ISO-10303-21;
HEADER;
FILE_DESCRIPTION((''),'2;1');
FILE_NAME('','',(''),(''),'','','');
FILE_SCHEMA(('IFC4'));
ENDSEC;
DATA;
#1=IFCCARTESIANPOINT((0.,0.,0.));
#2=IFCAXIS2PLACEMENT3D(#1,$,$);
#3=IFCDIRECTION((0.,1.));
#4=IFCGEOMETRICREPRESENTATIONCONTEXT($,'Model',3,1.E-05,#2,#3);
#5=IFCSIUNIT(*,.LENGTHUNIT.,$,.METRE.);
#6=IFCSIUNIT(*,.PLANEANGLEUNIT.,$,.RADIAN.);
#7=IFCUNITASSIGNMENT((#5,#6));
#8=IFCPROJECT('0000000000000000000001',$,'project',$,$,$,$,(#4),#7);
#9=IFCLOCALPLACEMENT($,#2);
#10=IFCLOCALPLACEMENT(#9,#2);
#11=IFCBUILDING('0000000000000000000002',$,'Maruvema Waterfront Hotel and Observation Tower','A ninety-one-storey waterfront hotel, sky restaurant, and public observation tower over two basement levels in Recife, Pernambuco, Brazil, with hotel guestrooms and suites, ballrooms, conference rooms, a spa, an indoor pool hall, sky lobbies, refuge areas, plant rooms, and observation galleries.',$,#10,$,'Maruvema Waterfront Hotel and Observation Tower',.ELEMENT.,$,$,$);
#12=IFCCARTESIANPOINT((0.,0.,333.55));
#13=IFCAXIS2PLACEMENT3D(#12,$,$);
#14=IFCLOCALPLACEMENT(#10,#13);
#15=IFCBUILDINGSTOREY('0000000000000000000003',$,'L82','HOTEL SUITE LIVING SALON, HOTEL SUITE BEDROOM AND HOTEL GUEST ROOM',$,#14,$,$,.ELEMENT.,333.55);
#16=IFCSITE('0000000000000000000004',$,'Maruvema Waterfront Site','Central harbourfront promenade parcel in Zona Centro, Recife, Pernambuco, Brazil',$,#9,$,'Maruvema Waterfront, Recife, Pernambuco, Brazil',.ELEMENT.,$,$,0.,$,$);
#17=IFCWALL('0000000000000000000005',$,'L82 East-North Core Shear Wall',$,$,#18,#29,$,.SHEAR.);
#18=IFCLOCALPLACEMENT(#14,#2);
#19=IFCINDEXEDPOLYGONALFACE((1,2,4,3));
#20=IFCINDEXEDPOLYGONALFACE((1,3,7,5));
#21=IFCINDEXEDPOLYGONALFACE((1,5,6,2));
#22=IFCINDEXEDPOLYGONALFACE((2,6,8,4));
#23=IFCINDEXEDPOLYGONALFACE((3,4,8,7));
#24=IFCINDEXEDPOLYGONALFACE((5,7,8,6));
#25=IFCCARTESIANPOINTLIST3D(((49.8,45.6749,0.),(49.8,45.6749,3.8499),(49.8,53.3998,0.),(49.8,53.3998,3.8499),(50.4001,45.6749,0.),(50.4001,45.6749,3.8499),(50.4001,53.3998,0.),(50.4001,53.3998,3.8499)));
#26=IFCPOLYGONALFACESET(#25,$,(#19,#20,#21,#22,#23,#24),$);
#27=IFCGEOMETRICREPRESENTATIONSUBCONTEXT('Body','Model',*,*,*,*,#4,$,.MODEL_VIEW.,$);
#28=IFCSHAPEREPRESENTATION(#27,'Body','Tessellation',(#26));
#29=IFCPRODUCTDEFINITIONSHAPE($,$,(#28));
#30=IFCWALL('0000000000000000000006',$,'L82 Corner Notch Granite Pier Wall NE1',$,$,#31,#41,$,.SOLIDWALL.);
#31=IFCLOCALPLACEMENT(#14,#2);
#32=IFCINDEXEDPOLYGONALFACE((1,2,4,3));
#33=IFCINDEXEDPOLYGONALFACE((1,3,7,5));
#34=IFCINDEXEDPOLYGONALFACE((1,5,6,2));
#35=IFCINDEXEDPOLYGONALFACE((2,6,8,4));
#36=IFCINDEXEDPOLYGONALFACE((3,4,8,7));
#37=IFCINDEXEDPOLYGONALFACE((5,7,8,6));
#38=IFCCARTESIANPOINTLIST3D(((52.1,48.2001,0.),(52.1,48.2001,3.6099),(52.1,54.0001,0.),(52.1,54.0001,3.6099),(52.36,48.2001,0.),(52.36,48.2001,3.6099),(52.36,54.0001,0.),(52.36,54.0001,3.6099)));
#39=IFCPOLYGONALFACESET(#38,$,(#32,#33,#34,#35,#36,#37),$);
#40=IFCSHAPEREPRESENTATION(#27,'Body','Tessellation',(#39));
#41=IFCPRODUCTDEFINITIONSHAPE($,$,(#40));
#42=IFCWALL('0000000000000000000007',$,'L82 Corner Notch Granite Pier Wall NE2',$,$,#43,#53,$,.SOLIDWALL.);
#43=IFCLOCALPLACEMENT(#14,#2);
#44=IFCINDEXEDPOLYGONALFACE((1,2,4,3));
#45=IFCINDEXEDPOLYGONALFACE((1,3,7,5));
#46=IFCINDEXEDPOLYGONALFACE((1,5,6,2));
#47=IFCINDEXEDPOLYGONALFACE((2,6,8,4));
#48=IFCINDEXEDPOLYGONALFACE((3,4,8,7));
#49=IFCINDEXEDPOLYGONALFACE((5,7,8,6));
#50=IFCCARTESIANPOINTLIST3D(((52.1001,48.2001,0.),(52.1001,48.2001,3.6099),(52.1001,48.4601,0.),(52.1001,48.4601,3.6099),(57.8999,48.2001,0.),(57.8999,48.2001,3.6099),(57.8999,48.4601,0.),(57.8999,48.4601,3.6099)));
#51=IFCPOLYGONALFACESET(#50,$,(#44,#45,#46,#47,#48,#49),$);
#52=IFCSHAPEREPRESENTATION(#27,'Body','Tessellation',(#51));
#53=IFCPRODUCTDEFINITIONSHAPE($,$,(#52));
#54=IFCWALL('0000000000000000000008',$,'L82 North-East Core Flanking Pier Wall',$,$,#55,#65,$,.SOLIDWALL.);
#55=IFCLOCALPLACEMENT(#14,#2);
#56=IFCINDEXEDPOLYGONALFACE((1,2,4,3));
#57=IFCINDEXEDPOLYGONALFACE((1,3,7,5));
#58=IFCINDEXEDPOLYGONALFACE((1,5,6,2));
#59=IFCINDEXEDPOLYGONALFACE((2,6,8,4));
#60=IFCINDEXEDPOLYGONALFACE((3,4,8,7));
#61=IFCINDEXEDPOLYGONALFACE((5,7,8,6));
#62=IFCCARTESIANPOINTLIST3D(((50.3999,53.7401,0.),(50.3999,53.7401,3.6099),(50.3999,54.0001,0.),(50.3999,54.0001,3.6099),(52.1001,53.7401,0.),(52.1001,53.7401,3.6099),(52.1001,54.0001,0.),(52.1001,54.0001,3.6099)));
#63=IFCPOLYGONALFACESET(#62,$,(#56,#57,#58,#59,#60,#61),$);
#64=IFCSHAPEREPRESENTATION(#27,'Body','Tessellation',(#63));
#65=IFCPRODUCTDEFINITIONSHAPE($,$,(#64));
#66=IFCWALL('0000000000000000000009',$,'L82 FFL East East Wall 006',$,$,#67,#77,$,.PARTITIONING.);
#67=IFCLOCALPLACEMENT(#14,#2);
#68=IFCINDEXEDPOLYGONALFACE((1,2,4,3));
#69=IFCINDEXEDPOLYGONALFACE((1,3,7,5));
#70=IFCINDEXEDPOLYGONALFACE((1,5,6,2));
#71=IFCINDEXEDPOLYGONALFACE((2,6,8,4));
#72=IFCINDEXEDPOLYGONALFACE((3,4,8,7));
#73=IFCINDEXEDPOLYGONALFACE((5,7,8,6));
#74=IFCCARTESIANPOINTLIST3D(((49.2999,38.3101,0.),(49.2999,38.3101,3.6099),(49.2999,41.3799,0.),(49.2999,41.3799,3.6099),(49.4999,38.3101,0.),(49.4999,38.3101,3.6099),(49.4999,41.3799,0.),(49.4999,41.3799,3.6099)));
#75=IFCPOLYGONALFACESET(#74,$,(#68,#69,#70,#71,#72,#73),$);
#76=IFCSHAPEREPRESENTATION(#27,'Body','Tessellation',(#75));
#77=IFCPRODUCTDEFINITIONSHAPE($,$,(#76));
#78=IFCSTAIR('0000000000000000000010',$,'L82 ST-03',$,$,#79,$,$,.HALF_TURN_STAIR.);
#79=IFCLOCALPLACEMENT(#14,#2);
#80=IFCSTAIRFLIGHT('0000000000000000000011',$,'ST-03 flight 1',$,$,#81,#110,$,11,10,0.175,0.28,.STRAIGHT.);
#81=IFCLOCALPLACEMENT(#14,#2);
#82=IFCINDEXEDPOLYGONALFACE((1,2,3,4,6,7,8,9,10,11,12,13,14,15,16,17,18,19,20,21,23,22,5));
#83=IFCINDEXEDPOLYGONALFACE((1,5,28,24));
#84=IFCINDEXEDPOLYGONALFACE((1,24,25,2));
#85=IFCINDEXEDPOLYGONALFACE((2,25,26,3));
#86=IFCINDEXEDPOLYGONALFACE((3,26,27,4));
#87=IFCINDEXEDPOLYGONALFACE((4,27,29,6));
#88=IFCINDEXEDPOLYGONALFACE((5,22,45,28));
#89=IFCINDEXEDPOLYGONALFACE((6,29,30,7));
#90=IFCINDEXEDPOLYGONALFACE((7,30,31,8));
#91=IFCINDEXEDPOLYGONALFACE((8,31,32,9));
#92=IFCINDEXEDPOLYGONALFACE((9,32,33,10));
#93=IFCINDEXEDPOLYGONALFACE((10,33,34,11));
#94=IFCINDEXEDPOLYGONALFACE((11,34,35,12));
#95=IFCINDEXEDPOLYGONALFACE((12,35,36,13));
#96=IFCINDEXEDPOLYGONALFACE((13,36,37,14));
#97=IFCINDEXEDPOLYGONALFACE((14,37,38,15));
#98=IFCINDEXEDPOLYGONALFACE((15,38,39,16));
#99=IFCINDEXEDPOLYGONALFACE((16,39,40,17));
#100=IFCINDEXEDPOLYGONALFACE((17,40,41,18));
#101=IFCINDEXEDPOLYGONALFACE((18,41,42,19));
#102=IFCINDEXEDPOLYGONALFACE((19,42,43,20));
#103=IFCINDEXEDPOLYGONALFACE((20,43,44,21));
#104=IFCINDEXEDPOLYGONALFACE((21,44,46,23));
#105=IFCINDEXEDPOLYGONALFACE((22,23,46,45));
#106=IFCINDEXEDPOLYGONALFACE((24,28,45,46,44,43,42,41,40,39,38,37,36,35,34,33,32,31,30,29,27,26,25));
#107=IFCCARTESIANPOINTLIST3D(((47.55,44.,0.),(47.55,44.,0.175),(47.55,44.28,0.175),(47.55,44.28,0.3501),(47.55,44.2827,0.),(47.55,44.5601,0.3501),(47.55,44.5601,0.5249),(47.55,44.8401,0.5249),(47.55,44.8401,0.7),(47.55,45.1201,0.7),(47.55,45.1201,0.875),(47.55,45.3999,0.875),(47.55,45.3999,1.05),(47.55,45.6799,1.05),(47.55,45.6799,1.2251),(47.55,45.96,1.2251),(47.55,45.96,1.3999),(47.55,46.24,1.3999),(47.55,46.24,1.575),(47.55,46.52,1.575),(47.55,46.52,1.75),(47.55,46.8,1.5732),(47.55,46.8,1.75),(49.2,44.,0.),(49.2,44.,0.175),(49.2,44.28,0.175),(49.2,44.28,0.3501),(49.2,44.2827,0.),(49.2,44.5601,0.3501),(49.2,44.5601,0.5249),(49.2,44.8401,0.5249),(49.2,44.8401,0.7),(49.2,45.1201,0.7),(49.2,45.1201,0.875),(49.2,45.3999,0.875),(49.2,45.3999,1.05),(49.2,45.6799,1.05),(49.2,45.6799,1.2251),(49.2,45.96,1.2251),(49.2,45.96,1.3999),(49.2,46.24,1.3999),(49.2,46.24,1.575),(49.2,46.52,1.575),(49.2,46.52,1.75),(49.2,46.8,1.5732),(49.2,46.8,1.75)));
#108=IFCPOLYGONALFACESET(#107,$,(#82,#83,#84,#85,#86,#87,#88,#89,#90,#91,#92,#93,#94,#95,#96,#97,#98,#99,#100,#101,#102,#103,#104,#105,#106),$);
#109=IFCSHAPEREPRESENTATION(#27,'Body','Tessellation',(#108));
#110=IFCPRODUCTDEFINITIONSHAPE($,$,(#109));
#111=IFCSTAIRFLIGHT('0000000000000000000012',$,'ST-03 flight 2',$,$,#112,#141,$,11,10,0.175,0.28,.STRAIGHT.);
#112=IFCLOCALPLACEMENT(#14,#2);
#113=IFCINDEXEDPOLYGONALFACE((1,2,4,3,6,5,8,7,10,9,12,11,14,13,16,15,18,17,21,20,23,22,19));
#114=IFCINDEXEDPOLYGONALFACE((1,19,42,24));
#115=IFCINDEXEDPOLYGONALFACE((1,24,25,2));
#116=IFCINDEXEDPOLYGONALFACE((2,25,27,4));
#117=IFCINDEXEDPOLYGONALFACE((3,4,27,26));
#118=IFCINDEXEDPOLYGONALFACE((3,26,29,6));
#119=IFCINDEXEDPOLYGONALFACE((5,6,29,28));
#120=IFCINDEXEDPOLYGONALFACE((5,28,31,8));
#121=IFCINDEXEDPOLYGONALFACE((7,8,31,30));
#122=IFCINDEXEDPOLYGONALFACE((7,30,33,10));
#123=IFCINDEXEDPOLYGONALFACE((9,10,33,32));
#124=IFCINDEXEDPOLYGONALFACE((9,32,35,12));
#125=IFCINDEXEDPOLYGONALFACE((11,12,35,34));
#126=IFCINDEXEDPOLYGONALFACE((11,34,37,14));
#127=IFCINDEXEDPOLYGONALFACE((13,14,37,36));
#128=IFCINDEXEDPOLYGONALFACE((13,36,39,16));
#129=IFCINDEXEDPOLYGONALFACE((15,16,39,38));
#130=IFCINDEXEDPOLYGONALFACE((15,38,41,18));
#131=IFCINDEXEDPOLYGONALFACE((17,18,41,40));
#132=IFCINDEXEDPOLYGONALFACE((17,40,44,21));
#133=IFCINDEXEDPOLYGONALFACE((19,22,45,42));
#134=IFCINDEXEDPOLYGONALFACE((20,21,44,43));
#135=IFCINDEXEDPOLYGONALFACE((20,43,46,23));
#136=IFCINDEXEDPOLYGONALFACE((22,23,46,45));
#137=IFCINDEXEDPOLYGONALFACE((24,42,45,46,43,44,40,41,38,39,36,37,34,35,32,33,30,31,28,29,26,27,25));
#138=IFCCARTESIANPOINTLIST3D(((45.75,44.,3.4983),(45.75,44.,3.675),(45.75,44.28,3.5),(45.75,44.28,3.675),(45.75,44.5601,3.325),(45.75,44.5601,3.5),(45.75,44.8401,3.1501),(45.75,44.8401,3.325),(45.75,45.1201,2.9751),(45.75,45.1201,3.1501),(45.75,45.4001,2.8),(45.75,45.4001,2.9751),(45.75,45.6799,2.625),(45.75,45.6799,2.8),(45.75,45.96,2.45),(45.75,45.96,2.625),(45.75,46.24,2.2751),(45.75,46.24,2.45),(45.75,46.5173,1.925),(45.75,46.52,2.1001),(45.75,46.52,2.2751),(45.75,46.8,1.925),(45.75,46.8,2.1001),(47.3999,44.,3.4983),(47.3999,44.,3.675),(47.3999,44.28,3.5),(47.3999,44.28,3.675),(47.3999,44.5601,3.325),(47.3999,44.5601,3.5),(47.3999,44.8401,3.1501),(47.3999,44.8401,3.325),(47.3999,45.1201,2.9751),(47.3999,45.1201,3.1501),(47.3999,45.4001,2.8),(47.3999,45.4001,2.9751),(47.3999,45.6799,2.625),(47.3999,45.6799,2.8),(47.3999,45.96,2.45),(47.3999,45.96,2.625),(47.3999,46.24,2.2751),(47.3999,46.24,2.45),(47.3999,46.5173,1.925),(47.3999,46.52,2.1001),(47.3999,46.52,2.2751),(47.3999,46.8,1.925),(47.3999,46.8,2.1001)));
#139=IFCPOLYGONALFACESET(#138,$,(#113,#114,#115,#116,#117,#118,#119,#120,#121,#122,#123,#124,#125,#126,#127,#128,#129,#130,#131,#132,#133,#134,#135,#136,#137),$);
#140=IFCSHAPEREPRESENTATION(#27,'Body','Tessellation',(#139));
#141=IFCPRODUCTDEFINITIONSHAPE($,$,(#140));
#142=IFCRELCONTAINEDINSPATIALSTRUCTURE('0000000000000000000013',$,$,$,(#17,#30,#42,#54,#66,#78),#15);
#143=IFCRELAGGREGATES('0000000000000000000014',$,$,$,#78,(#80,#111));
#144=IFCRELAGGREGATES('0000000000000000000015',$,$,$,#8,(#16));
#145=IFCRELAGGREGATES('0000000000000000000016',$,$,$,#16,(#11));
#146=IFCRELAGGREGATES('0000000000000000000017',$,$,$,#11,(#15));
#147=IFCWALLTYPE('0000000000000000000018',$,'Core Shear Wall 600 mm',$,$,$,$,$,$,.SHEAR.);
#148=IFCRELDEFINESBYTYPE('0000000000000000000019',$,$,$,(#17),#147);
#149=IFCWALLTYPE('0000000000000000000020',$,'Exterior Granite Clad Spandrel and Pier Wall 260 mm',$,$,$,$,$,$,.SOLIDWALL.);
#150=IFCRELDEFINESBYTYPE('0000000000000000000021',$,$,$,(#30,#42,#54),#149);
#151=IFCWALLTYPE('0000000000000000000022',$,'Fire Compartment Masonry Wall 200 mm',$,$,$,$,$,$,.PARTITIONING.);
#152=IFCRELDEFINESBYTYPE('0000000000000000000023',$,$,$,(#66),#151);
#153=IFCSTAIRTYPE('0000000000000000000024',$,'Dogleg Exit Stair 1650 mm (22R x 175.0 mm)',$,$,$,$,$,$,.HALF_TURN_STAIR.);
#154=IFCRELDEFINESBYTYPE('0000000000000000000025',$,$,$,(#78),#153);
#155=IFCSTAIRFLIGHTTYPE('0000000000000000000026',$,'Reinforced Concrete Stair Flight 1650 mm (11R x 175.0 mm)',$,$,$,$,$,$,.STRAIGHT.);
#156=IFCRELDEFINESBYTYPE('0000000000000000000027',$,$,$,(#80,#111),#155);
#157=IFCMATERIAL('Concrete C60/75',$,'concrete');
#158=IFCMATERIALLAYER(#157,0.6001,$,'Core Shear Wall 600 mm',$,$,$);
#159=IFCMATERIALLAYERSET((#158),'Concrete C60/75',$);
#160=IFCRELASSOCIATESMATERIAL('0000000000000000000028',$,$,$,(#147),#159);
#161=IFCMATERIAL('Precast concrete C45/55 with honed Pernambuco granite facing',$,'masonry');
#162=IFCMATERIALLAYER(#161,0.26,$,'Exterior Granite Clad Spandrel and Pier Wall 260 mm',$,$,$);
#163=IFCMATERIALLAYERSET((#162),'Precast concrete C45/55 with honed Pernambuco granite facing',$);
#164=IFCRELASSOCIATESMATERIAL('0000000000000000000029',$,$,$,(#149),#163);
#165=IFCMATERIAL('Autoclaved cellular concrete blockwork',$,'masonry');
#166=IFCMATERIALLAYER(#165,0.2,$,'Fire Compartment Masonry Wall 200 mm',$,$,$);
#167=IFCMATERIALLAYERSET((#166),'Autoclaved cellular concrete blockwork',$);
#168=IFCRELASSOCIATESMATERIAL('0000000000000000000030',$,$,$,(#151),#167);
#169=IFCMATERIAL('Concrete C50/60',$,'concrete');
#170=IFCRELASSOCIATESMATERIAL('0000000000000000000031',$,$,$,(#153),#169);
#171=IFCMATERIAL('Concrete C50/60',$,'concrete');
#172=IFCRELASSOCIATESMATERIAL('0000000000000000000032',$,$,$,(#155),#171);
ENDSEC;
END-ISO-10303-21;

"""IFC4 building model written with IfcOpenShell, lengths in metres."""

from ifc_helpers import new_model, si_unit, direction, frame, frame_2d, origin, place, context, subcontext, project, spatial, polyline, rectangle, outline, extrude, material, layer, layer_set, type_object, element, aggregate, save


model = new_model("IFC4")

# Units and contexts
model_context = context("Model", 3, precision=1e-05, world=origin(), true_north=direction((0.0, 1.0)))
body_context = subcontext(model_context, "Body", "Model", "MODEL_VIEW")
ifc_project = project(units=[si_unit("LENGTHUNIT", "METRE"), si_unit("PLANEANGLEUNIT", "RADIAN")], contexts=[model_context])

# Site, building, storey
site_placement = place(None, origin())
site = spatial("IfcSite", under=ifc_project, at=site_placement, Name="Maruvema Waterfront Site", Description="Central harbourfront promenade parcel in Zona Centro, Recife, Pernambuco, Brazil", LongName="Maruvema Waterfront, Recife, Pernambuco, Brazil", CompositionType="ELEMENT", RefElevation=0.0)
building_placement = place(site_placement, origin())
building = spatial("IfcBuilding", under=site, at=building_placement, Name="Maruvema Waterfront Hotel and Observation Tower", Description="A ninety-one-storey waterfront hotel, sky restaurant, and public observation tower over two basement levels in Recife, Pernambuco, Brazil, with hotel guestrooms and suites, ballrooms, conference rooms, a spa, an indoor pool hall, sky lobbies, refuge areas, plant rooms, and observation galleries.", LongName="Maruvema Waterfront Hotel and Observation Tower", CompositionType="ELEMENT")
storey_placement = place(building_placement, frame((0.0, 0.0, 333.55)))
storey = spatial("IfcBuildingStorey", under=building, at=storey_placement, Name="L82", Description="HOTEL SUITE LIVING SALON, HOTEL SUITE BEDROOM AND HOTEL GUEST ROOM", CompositionType="ELEMENT", Elevation=333.55)

# Walls
ifc_material_1 = material(Name="Concrete C60/75", Category="concrete")
ifc_layer_1 = layer(ifc_material_1, 0.6001, Name="Core Shear Wall 600 mm")
ifc_layer_set_1 = layer_set([ifc_layer_1], Name="Concrete C60/75")
wall_type_1 = type_object("IfcWallType", Name="Core Shear Wall 600 mm", PredefinedType="SHEAR", material=ifc_layer_set_1)
wall_1_placement = place(storey_placement, frame((50.1001, 45.675, 0.0), z_axis=(0.0, 0.0, 1.0), x_axis=(0.0, 1.0, 0.0)))
element("IfcWall", 1, at=wall_1_placement, inside=storey, type_object=wall_type_1, Name="L82 East-North Core Shear Wall", PredefinedType="SHEAR", context=body_context, shape_type="SweptSolid", body=[
    extrude(rectangle(XDim=7.7249, YDim=0.6001, at=frame_2d((3.8623, 0.0))), origin(), (0.0, 0.0, 1.0), 3.8499),
])
ifc_material_2 = material(Name="Precast concrete C45/55 with honed Pernambuco granite facing", Category="masonry")
ifc_layer_2 = layer(ifc_material_2, 0.26, Name="Exterior Granite Clad Spandrel and Pier Wall 260 mm")
ifc_layer_set_2 = layer_set([ifc_layer_2], Name="Precast concrete C45/55 with honed Pernambuco granite facing")
wall_type_2 = type_object("IfcWallType", Name="Exterior Granite Clad Spandrel and Pier Wall 260 mm", PredefinedType="SOLIDWALL", material=ifc_layer_set_2)
wall_2_placement = place(storey_placement, frame((52.23, 54.0, 0.0), z_axis=(0.0, 0.0, 1.0), x_axis=(0.0, -1.0, 0.0)))
element("IfcWall", 2, at=wall_2_placement, inside=storey, type_object=wall_type_2, Name="L82 Corner Notch Granite Pier Wall NE1", PredefinedType="SOLIDWALL", context=body_context, shape_type="SweptSolid", body=[
    extrude(rectangle(XDim=5.8, YDim=0.26, at=frame_2d((2.8999, 0.0))), origin(), (0.0, 0.0, 1.0), 3.6099),
])
wall_3_placement = place(storey_placement, frame((52.1001, 48.3301, 0.0), z_axis=(0.0, 0.0, 1.0), x_axis=(1.0, 0.0, 0.0)))
element("IfcWall", 3, at=wall_3_placement, inside=storey, type_object=wall_type_2, Name="L82 Corner Notch Granite Pier Wall NE2", PredefinedType="SOLIDWALL", context=body_context, shape_type="SweptSolid", body=[
    extrude(rectangle(XDim=5.7998, YDim=0.26, at=frame_2d((2.8999, 0.0))), origin(), (0.0, 0.0, 1.0), 3.6099),
])
wall_4_placement = place(storey_placement, frame((52.1001, 53.8701, 0.0), z_axis=(0.0, 0.0, 1.0), x_axis=(-1.0, 0.0, 0.0)))
element("IfcWall", 4, at=wall_4_placement, inside=storey, type_object=wall_type_2, Name="L82 North-East Core Flanking Pier Wall", PredefinedType="SOLIDWALL", context=body_context, shape_type="SweptSolid", body=[
    extrude(rectangle(XDim=1.7002, YDim=0.26, at=frame_2d((0.8501, 0.0))), origin(), (0.0, 0.0, 1.0), 3.6099),
])
ifc_material_3 = material(Name="Autoclaved cellular concrete blockwork", Category="masonry")
ifc_layer_3 = layer(ifc_material_3, 0.2, Name="Fire Compartment Masonry Wall 200 mm")
ifc_layer_set_3 = layer_set([ifc_layer_3], Name="Autoclaved cellular concrete blockwork")
wall_type_3 = type_object("IfcWallType", Name="Fire Compartment Masonry Wall 200 mm", PredefinedType="PARTITIONING", material=ifc_layer_set_3)
wall_5_placement = place(storey_placement, frame((49.3999, 38.3101, 0.0), z_axis=(0.0, 0.0, 1.0), x_axis=(0.0, 1.0, 0.0)))
element("IfcWall", 5, at=wall_5_placement, inside=storey, type_object=wall_type_3, Name="L82 FFL East East Wall 006", PredefinedType="PARTITIONING", context=body_context, shape_type="SweptSolid", body=[
    extrude(rectangle(XDim=3.0698, YDim=0.2, at=frame_2d((1.5349, 0.0))), origin(), (0.0, 0.0, 1.0), 3.6099),
])

# Stair, stair flights
ifc_material_4 = material(Name="Concrete C50/60", Category="concrete")
stair_type = type_object("IfcStairType", Name="Dogleg Exit Stair 1650 mm (22R x 175.0 mm)", PredefinedType="HALF_TURN_STAIR", material=ifc_material_4)
stair_placement = place(storey_placement, origin())
stair = element("IfcStair", 6, at=stair_placement, inside=storey, type_object=stair_type, Name="L82 ST-03", PredefinedType="HALF_TURN_STAIR")
ifc_material_5 = material(Name="Concrete C50/60", Category="concrete")
stair_flight_type = type_object("IfcStairFlightType", Name="Reinforced Concrete Stair Flight 1650 mm (11R x 175.0 mm)", PredefinedType="STRAIGHT", material=ifc_material_5)
stair_flight_1_placement = place(storey_placement, frame((48.375, 44.0, 0.0), z_axis=(0.0, 0.0, 1.0), x_axis=(0.0, 1.0, 0.0)))
stair_flight_1 = element("IfcStairFlight", 7, at=stair_flight_1_placement, type_object=stair_flight_type, Name="ST-03 flight 1", NumberOfRisers=11, NumberOfTreads=10, PredefinedType="STRAIGHT", RiserHeight=0.175, TreadLength=0.28, context=body_context, shape_type="SweptSolid", body=[
    extrude(outline(polyline([(0.0, 0.0), (0.0, 0.175), (0.28, 0.175), (0.28, 0.3501), (0.5601, 0.3501), (0.5601, 0.5249), (0.8401, 0.5249), (0.8401, 0.7), (1.1201, 0.7), (1.1201, 0.875), (1.3999, 0.875), (1.3999, 1.05), (1.6799, 1.05), (1.6799, 1.2251), (1.96, 1.2251), (1.96, 1.3999), (2.24, 1.3999), (2.24, 1.575), (2.52, 1.575), (2.52, 1.75), (2.8, 1.75), (2.8, 1.925), (2.8, 1.5732), (0.2827, 0.0), (0.0, 0.0)])), frame((0.0, 0.825, 0.0), z_axis=(0.0, -1.0, 0.0), x_axis=(1.0, 0.0, 0.0)), (0.0, 0.0, 1.0), 1.6499),
])
stair_flight_2_placement = place(storey_placement, frame((46.575, 46.8, 1.925), z_axis=(0.0, 0.0, 1.0), x_axis=(0.0, -1.0, 0.0)))
stair_flight_2 = element("IfcStairFlight", 8, at=stair_flight_2_placement, type_object=stair_flight_type, Name="ST-03 flight 2", NumberOfRisers=11, NumberOfTreads=10, PredefinedType="STRAIGHT", RiserHeight=0.175, TreadLength=0.28, context=body_context, shape_type="SweptSolid", body=[
    extrude(outline(polyline([(0.0, 0.0), (0.0, 0.175), (0.28, 0.175), (0.28, 0.3501), (0.5601, 0.3501), (0.5601, 0.5249), (0.8401, 0.5249), (0.8401, 0.7), (1.1201, 0.7), (1.1201, 0.875), (1.3999, 0.875), (1.3999, 1.05), (1.6799, 1.05), (1.6799, 1.2251), (1.96, 1.2251), (1.96, 1.3999), (2.24, 1.3999), (2.24, 1.575), (2.52, 1.575), (2.52, 1.75), (2.8, 1.75), (2.8, 1.925), (2.8, 1.5732), (0.2827, 0.0), (0.0, 0.0)])), frame((0.0, 0.825, 0.0), z_axis=(0.0, -1.0, 0.0), x_axis=(1.0, 0.0, 0.0)), (0.0, 0.0, 1.0), 1.6499),
])
aggregate(stair, [stair_flight_1, stair_flight_2])

save(model, "model.ifc")
